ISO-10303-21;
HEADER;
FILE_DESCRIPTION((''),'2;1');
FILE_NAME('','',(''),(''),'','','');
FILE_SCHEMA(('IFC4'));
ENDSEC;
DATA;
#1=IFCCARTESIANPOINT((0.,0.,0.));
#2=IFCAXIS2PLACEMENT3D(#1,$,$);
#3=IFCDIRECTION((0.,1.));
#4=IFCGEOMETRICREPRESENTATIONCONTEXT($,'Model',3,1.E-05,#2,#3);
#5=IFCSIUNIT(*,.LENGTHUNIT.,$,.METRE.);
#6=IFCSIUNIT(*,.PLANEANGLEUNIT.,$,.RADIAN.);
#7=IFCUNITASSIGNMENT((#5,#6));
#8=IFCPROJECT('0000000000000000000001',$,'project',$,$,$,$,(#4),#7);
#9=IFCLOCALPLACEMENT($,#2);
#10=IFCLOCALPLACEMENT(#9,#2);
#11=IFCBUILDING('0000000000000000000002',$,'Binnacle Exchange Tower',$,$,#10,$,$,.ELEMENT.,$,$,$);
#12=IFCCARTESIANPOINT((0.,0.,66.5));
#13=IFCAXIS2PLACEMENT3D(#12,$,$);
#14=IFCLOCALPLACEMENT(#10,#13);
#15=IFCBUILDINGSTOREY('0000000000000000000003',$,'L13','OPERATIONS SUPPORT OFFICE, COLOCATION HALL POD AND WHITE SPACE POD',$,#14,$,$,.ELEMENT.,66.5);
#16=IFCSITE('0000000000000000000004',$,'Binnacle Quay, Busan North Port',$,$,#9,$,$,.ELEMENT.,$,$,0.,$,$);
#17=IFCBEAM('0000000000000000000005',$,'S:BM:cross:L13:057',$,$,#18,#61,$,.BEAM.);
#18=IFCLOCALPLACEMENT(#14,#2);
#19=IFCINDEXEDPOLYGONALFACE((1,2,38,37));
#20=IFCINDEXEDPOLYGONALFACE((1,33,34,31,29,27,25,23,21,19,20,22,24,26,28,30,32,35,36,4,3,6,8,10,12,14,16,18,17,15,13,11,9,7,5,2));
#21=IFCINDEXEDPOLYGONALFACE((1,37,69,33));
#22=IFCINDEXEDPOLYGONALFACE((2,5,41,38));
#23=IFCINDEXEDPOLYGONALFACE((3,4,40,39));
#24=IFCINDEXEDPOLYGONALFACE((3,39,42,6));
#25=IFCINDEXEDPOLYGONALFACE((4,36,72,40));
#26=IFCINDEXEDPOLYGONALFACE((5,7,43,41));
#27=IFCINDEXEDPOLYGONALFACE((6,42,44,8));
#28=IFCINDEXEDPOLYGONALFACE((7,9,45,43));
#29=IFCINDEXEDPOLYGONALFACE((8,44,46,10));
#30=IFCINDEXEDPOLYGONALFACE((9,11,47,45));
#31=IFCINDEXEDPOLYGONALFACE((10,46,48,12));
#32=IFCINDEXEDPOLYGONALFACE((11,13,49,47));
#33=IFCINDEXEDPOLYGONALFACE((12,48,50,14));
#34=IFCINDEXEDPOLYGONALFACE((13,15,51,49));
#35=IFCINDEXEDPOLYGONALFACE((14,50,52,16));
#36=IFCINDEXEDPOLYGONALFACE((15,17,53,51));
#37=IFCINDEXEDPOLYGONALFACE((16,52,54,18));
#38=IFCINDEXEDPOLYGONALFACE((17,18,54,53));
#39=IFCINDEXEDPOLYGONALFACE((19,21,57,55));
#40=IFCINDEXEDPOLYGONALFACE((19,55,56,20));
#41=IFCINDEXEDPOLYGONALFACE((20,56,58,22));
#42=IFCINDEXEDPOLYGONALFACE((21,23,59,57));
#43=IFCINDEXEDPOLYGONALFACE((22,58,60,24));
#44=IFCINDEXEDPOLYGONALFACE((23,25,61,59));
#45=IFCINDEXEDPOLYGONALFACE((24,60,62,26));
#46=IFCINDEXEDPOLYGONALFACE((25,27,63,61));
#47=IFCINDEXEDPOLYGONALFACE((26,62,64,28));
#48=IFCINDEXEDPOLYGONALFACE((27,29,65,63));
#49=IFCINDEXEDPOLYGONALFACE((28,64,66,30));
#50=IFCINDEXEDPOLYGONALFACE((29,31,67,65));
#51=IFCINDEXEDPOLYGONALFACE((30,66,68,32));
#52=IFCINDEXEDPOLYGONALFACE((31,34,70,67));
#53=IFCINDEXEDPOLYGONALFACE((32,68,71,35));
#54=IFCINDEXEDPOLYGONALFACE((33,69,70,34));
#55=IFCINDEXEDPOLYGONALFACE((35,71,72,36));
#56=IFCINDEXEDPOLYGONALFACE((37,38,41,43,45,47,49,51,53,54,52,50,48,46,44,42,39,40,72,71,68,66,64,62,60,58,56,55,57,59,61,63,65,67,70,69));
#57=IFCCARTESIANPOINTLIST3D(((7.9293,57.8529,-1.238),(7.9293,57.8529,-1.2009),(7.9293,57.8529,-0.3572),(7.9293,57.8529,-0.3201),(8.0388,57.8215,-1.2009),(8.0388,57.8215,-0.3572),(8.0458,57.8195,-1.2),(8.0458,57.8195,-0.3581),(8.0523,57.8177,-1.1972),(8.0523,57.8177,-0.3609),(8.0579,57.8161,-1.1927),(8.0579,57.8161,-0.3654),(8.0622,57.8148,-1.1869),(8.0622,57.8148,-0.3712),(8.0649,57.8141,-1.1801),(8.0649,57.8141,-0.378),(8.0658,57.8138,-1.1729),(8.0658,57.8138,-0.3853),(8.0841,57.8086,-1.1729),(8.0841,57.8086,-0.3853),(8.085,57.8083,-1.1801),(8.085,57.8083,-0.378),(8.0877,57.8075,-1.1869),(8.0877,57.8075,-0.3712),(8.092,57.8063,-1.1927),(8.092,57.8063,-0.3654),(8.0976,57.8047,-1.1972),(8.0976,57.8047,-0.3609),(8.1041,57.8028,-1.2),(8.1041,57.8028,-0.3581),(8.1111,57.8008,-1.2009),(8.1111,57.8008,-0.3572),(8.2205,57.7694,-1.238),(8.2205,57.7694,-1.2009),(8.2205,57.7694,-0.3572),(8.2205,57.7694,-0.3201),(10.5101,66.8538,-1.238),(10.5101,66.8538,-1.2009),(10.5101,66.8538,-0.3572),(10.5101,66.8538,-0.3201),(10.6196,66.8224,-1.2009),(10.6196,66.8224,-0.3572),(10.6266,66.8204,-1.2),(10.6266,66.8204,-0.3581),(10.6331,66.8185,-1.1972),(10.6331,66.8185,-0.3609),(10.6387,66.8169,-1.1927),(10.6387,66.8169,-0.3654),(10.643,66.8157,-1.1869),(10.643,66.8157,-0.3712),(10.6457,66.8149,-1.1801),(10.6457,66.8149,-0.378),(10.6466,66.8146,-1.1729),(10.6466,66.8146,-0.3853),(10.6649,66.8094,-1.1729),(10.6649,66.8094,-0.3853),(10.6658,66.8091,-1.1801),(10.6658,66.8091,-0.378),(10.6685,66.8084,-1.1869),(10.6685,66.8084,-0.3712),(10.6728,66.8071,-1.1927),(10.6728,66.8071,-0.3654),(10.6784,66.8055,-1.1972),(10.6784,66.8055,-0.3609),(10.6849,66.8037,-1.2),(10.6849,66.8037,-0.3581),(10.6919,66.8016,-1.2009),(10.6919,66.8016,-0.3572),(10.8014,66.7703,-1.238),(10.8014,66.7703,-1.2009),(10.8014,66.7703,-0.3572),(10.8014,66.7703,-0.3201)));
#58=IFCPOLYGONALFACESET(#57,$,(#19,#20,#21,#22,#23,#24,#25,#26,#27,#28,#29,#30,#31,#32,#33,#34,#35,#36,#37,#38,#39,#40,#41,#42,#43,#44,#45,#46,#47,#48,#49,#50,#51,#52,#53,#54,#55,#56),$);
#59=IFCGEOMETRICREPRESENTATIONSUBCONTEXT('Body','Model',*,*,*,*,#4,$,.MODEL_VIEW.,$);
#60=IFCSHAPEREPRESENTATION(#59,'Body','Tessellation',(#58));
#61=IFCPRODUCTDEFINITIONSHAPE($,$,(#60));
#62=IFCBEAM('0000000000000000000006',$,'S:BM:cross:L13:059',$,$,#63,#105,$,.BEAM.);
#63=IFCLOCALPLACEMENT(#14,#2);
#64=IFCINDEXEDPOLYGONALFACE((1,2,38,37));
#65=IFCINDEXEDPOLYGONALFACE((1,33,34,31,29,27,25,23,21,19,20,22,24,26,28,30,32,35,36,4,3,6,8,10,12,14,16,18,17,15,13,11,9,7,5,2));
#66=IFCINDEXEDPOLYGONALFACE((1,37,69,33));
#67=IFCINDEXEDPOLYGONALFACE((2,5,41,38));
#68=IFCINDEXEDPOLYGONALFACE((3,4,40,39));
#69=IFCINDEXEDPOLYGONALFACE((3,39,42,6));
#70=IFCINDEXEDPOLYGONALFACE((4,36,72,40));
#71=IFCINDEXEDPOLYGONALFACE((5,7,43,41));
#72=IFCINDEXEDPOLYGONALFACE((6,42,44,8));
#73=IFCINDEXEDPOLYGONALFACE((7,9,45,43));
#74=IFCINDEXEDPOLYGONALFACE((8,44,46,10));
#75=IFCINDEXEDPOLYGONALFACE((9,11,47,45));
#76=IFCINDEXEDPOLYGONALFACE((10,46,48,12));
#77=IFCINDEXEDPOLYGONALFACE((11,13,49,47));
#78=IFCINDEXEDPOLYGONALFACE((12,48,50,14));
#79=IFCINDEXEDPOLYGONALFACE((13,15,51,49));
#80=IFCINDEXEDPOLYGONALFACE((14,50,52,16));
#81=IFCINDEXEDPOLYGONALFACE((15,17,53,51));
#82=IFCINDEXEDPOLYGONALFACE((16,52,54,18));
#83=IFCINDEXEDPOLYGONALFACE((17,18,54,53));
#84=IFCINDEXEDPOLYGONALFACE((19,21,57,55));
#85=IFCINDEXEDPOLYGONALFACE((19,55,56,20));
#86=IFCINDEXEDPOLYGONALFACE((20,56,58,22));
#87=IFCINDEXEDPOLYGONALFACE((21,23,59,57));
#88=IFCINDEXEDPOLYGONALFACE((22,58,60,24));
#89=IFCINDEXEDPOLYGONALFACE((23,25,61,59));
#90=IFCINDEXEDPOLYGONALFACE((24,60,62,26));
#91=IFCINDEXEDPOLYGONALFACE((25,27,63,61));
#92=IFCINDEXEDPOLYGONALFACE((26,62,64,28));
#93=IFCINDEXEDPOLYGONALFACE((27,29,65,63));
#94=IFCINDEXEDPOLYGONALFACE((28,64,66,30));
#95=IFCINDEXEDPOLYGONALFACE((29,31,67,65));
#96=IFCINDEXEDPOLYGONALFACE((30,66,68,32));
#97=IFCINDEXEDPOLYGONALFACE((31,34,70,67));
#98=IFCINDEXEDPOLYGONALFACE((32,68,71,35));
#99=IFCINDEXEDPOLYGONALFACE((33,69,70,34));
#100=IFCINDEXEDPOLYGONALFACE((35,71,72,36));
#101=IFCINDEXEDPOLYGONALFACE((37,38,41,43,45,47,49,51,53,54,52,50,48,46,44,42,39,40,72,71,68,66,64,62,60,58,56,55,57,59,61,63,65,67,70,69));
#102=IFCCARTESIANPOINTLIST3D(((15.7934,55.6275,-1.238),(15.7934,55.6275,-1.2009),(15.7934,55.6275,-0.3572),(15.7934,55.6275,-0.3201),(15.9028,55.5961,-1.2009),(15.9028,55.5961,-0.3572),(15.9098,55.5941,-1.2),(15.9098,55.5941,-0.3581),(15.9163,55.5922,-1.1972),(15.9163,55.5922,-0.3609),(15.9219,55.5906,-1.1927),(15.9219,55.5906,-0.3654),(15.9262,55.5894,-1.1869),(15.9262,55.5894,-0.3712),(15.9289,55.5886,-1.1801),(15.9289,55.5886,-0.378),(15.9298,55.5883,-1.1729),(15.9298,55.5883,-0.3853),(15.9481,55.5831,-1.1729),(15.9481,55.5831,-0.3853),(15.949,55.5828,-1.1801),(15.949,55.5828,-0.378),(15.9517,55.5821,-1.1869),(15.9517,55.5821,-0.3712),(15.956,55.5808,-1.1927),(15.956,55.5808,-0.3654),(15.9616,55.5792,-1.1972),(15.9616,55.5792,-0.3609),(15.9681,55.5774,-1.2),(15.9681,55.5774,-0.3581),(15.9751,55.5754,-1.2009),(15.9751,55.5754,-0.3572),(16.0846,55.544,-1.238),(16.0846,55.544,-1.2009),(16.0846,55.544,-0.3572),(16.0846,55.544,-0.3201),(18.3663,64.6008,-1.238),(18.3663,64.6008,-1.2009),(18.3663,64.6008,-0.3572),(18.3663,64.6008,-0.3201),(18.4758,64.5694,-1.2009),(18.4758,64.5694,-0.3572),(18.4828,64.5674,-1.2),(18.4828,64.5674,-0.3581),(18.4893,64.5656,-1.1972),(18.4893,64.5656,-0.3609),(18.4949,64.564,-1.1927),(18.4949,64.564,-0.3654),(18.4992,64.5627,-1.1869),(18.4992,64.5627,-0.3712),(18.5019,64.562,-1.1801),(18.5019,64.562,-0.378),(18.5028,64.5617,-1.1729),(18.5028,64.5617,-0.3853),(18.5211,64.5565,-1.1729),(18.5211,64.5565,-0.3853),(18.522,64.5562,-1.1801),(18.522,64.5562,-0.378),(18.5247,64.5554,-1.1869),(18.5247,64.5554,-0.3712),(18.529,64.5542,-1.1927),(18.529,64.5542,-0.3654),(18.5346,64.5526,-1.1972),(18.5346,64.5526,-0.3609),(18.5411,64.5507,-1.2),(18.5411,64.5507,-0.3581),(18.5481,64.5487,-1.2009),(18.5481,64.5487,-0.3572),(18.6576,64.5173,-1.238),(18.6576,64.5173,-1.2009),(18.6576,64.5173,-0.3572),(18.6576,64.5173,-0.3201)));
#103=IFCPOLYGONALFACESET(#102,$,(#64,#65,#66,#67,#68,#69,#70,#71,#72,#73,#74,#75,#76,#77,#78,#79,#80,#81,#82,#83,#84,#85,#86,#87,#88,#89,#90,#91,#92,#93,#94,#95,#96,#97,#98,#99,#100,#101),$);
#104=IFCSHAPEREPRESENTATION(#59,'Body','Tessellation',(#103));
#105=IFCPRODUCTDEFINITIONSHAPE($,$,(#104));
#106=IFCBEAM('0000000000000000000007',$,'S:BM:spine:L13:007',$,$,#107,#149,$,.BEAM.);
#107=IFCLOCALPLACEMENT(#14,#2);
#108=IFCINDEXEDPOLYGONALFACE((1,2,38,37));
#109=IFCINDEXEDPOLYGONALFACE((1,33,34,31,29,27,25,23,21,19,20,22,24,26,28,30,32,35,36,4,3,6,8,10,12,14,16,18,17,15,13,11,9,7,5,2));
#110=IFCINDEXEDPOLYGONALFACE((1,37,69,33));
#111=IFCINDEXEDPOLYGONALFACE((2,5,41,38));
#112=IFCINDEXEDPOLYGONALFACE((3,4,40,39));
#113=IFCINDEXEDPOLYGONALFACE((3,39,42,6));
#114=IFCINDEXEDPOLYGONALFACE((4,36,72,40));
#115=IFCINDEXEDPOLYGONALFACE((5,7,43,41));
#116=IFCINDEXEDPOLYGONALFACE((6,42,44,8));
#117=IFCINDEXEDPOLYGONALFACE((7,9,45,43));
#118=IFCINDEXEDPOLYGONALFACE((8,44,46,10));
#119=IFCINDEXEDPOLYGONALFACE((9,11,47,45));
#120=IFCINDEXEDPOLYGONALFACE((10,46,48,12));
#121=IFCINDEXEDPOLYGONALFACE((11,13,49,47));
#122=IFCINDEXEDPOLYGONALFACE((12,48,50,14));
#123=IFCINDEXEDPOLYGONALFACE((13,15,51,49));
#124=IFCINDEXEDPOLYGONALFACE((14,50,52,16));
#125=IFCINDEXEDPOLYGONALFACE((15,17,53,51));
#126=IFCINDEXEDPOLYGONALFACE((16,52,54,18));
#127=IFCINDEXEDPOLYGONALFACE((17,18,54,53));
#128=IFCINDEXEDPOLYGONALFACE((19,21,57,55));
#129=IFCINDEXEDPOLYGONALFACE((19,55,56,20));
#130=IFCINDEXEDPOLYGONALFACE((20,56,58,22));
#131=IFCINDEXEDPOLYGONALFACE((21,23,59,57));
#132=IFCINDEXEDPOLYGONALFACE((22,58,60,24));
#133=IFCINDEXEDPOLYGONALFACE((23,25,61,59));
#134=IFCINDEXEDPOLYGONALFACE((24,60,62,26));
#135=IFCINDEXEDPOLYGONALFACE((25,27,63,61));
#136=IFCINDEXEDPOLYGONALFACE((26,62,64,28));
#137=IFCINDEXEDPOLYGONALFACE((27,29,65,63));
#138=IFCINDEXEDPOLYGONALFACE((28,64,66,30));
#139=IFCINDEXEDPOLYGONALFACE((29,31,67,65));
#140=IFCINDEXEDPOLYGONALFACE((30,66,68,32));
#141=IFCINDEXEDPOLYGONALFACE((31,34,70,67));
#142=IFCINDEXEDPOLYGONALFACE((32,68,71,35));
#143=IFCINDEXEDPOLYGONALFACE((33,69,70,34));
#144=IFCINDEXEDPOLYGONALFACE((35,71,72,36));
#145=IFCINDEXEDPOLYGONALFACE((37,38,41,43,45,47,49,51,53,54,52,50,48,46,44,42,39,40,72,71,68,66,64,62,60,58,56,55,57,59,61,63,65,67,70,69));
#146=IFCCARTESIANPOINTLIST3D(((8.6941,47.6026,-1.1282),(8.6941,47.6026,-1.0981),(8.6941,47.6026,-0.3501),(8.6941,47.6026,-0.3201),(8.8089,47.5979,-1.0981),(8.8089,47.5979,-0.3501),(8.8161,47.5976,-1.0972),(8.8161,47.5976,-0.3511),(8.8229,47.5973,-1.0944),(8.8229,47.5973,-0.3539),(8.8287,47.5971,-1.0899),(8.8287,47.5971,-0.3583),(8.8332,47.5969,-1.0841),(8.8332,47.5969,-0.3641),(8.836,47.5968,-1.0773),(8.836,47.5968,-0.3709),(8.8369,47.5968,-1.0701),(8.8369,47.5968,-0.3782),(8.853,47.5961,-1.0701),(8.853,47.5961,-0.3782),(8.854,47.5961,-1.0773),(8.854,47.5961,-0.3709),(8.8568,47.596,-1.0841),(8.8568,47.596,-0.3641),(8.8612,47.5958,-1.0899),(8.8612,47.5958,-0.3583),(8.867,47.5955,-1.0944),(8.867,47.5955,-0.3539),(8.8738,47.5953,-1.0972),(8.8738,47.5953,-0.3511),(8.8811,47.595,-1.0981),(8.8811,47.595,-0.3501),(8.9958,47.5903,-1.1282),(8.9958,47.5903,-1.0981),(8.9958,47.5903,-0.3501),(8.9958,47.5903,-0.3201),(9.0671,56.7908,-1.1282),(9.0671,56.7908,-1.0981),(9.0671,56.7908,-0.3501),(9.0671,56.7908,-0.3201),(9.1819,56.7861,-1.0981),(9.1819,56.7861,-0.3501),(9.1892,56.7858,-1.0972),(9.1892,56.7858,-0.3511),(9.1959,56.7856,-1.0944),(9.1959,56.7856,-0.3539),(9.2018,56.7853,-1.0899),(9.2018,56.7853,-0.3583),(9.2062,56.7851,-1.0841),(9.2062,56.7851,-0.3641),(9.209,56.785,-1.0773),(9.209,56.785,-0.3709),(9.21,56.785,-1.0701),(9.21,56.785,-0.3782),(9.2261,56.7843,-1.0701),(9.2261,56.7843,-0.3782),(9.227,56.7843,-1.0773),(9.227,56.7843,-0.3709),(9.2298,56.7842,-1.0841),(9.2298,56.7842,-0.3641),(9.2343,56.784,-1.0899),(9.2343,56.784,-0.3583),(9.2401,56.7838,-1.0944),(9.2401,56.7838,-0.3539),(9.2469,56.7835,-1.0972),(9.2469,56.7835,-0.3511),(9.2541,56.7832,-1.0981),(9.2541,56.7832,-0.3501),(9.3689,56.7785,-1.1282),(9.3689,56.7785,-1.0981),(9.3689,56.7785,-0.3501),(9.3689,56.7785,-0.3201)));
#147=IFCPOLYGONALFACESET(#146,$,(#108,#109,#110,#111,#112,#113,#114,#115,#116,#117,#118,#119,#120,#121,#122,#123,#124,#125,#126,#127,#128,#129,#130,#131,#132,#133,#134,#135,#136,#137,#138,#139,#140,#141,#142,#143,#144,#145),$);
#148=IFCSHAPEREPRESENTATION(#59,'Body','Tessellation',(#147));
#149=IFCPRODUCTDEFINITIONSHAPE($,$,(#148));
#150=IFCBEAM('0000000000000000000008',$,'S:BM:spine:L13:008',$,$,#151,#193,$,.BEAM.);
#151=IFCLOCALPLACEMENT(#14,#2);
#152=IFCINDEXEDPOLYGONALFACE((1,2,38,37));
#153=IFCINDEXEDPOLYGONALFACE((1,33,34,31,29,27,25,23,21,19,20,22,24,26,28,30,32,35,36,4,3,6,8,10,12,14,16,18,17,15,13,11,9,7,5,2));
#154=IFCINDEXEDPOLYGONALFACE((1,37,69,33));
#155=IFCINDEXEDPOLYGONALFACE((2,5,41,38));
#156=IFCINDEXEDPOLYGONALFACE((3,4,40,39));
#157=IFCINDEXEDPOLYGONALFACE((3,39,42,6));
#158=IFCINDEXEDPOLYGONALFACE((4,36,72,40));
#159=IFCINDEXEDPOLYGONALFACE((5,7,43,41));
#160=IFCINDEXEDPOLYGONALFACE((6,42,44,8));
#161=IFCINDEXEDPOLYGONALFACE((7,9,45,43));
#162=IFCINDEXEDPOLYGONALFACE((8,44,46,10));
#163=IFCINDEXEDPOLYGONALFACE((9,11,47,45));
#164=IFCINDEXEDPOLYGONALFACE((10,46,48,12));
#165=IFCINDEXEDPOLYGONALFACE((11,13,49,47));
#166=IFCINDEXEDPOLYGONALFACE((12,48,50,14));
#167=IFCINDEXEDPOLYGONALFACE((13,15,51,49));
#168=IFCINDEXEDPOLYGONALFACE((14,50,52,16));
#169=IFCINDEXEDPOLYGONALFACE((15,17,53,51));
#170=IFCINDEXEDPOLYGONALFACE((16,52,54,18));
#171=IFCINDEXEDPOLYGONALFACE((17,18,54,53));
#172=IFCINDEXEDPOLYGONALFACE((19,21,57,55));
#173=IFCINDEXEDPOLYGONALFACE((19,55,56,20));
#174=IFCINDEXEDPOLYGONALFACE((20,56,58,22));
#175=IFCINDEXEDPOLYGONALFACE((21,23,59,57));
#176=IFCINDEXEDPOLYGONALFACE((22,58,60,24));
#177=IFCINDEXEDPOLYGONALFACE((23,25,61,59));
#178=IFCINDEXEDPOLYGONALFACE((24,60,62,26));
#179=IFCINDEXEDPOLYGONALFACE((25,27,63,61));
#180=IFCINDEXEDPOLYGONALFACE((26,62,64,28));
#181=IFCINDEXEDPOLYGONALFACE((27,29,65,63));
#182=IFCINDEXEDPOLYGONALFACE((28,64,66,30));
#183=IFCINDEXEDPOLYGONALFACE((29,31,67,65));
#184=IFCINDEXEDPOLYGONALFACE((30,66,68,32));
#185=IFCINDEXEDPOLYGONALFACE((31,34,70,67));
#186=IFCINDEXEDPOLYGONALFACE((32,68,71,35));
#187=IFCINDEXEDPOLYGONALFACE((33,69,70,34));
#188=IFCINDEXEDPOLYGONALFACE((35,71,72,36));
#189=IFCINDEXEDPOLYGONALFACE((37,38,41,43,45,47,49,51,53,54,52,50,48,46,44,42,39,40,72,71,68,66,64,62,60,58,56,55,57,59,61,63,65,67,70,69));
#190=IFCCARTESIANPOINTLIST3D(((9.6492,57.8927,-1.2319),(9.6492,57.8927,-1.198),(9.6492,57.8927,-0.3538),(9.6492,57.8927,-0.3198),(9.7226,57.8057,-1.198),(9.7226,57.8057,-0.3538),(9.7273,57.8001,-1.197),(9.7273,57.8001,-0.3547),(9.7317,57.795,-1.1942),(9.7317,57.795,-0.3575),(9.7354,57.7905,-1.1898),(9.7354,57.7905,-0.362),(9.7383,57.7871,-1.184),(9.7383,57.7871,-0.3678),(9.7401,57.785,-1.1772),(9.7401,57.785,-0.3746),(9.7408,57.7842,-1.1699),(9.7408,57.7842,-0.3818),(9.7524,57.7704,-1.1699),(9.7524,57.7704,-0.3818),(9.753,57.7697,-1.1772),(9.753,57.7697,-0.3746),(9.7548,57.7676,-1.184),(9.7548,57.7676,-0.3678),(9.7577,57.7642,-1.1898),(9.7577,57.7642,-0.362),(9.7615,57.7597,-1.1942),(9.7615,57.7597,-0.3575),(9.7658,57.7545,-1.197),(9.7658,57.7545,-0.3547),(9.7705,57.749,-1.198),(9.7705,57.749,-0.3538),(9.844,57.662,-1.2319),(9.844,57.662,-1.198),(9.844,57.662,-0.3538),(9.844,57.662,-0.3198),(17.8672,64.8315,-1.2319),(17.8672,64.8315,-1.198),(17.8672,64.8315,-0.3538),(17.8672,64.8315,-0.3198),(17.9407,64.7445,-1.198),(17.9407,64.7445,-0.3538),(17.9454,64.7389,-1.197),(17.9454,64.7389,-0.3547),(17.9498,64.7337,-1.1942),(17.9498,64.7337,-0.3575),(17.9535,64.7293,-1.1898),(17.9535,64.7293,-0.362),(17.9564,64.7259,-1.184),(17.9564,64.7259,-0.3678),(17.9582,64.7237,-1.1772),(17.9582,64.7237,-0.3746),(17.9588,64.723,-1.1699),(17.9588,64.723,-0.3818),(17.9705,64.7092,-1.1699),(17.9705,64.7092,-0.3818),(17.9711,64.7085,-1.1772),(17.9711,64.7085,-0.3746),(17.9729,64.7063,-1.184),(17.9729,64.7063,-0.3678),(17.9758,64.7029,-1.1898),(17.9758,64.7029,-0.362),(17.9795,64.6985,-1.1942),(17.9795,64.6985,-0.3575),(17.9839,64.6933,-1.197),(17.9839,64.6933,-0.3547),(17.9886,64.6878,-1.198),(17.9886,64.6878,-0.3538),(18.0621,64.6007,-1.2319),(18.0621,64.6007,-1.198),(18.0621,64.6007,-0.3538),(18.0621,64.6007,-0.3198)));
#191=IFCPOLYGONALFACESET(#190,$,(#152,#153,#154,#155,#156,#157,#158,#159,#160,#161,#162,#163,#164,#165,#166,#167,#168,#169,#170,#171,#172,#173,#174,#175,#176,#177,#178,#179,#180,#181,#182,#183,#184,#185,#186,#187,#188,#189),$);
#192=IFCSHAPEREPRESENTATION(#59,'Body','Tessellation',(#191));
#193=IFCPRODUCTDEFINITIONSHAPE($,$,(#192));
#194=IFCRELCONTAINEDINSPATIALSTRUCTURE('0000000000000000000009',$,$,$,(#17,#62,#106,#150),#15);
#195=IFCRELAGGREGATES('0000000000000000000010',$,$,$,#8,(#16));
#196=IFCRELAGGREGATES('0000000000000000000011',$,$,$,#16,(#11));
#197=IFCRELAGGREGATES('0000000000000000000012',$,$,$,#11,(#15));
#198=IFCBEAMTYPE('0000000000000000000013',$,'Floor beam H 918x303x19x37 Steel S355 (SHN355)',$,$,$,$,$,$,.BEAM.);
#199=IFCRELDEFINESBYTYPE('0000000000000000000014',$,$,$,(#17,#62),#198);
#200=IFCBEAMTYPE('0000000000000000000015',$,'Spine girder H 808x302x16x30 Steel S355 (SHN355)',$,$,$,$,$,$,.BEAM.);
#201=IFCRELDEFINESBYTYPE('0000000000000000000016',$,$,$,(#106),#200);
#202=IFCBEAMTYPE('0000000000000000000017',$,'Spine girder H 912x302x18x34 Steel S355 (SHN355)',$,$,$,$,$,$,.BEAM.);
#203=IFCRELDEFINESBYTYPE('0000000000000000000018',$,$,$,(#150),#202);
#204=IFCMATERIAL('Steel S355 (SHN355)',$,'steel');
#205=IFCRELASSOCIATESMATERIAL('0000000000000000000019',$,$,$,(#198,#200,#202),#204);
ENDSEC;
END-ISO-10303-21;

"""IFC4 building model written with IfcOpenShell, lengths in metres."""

from ifc_helpers import new_model, si_unit, direction, frame, origin, origin_2d, place, context, subcontext, project, spatial, i_section, extrude, material, material_profile, profile_set, type_object, element, save


model = new_model("IFC4")

# Units and contexts
model_context = context("Model", 3, precision=1e-05, world=origin(), true_north=direction((0.0, 1.0)))
body_context = subcontext(model_context, "Body", "Model", "MODEL_VIEW")
ifc_project = project(units=[si_unit("LENGTHUNIT", "METRE"), si_unit("PLANEANGLEUNIT", "RADIAN")], contexts=[model_context])

# Site, building, storey
site_placement = place(None, origin())
site = spatial("IfcSite", under=ifc_project, at=site_placement, Name="Binnacle Quay, Busan North Port", CompositionType="ELEMENT", RefElevation=0.0)
building_placement = place(site_placement, origin())
building = spatial("IfcBuilding", under=site, at=building_placement, Name="Binnacle Exchange Tower", CompositionType="ELEMENT")
storey_placement = place(building_placement, frame((0.0, 0.0, 66.5)))
storey = spatial("IfcBuildingStorey", under=building, at=storey_placement, Name="L13", Description="OPERATIONS SUPPORT OFFICE, COLOCATION HALL POD AND WHITE SPACE POD", CompositionType="ELEMENT", Elevation=66.5)

# Beams
ifc_material_1 = material(Name="Steel S355 (SHN355)", Category="steel")
ifc_material_profile_1 = material_profile(ifc_material_1, i_section(OverallWidth=0.303, OverallDepth=0.918, WebThickness=0.019, FlangeThickness=0.0371, FilletRadius=0.0281, at=origin_2d()), Name="H 918x303x19x37")
ifc_profile_set_1 = profile_set([ifc_material_profile_1], Name="Steel S355 (SHN355)")
beam_type_1 = type_object("IfcBeamType", Name="Floor beam H 918x303x19x37 Steel S355 (SHN355)", PredefinedType="BEAM", material=ifc_profile_set_1)
beam_1_placement = place(storey_placement, frame((10.6558, 66.812, -0.7791), z_axis=(-0.275627, -0.961265, 0.0), x_axis=(0.961265, -0.275627, 0.0)))
element("IfcBeam", 1, at=beam_1_placement, inside=storey, type_object=beam_type_1, Name="S:BM:cross:L13:057", PredefinedType="BEAM", context=body_context, shape_type="SweptSolid", body=[
    extrude(i_section(OverallWidth=0.303, OverallDepth=0.918, WebThickness=0.019, FlangeThickness=0.0371, FilletRadius=0.0281, at=origin_2d()), origin(), (0.0, 0.0, 1.0), 9.3635),
])
beam_2_placement = place(storey_placement, frame((18.512, 64.5591, -0.7791), z_axis=(-0.275629, -0.961264, 0.0), x_axis=(0.961264, -0.275629, 0.0)))
element("IfcBeam", 2, at=beam_2_placement, inside=storey, type_object=beam_type_1, Name="S:BM:cross:L13:059", PredefinedType="BEAM", context=body_context, shape_type="SweptSolid", body=[
    extrude(i_section(OverallWidth=0.303, OverallDepth=0.918, WebThickness=0.019, FlangeThickness=0.0371, FilletRadius=0.0281, at=origin_2d()), origin(), (0.0, 0.0, 1.0), 9.335),
])
ifc_material_profile_2 = material_profile(ifc_material_1, i_section(OverallWidth=0.302, OverallDepth=0.8081, WebThickness=0.0161, FlangeThickness=0.03, FilletRadius=0.0281, at=origin_2d()), Name="H 808x302x16x30")
ifc_profile_set_2 = profile_set([ifc_material_profile_2], Name="Steel S355 (SHN355)")
beam_type_2 = type_object("IfcBeamType", Name="Spine girder H 808x302x16x30 Steel S355 (SHN355)", PredefinedType="BEAM", material=ifc_profile_set_2)
beam_3_placement = place(storey_placement, frame((9.218, 56.7847, -0.7241), z_axis=(-0.040567, -0.999177, 0.0), x_axis=(0.999177, -0.040567, 0.0)))
element("IfcBeam", 3, at=beam_3_placement, inside=storey, type_object=beam_type_2, Name="S:BM:spine:L13:007", PredefinedType="BEAM", context=body_context, shape_type="SweptSolid", body=[
    extrude(i_section(OverallWidth=0.302, OverallDepth=0.8081, WebThickness=0.0161, FlangeThickness=0.03, FilletRadius=0.0281, at=origin_2d()), origin(), (0.0, 0.0, 1.0), 9.1958),
])
ifc_material_profile_3 = material_profile(ifc_material_1, i_section(OverallWidth=0.302, OverallDepth=0.9121, WebThickness=0.0181, FlangeThickness=0.0339, FilletRadius=0.0281, at=origin_2d()), Name="H 912x302x18x34")
ifc_profile_set_3 = profile_set([ifc_material_profile_3], Name="Steel S355 (SHN355)")
beam_type_3 = type_object("IfcBeamType", Name="Spine girder H 912x302x18x34 Steel S355 (SHN355)", PredefinedType="BEAM", material=ifc_profile_set_3)
beam_4_placement = place(storey_placement, frame((9.7466, 57.7773, -0.7759), z_axis=(0.764073, 0.64513, 0.0), x_axis=(-0.64513, 0.764073, 0.0)))
element("IfcBeam", 4, at=beam_4_placement, inside=storey, type_object=beam_type_3, Name="S:BM:spine:L13:008", PredefinedType="BEAM", context=body_context, shape_type="SweptSolid", body=[
    extrude(i_section(OverallWidth=0.302, OverallDepth=0.9121, WebThickness=0.0181, FlangeThickness=0.0339, FilletRadius=0.0281, at=origin_2d()), origin(), (0.0, 0.0, 1.0), 10.7556),
])

save(model, "model.ifc")
